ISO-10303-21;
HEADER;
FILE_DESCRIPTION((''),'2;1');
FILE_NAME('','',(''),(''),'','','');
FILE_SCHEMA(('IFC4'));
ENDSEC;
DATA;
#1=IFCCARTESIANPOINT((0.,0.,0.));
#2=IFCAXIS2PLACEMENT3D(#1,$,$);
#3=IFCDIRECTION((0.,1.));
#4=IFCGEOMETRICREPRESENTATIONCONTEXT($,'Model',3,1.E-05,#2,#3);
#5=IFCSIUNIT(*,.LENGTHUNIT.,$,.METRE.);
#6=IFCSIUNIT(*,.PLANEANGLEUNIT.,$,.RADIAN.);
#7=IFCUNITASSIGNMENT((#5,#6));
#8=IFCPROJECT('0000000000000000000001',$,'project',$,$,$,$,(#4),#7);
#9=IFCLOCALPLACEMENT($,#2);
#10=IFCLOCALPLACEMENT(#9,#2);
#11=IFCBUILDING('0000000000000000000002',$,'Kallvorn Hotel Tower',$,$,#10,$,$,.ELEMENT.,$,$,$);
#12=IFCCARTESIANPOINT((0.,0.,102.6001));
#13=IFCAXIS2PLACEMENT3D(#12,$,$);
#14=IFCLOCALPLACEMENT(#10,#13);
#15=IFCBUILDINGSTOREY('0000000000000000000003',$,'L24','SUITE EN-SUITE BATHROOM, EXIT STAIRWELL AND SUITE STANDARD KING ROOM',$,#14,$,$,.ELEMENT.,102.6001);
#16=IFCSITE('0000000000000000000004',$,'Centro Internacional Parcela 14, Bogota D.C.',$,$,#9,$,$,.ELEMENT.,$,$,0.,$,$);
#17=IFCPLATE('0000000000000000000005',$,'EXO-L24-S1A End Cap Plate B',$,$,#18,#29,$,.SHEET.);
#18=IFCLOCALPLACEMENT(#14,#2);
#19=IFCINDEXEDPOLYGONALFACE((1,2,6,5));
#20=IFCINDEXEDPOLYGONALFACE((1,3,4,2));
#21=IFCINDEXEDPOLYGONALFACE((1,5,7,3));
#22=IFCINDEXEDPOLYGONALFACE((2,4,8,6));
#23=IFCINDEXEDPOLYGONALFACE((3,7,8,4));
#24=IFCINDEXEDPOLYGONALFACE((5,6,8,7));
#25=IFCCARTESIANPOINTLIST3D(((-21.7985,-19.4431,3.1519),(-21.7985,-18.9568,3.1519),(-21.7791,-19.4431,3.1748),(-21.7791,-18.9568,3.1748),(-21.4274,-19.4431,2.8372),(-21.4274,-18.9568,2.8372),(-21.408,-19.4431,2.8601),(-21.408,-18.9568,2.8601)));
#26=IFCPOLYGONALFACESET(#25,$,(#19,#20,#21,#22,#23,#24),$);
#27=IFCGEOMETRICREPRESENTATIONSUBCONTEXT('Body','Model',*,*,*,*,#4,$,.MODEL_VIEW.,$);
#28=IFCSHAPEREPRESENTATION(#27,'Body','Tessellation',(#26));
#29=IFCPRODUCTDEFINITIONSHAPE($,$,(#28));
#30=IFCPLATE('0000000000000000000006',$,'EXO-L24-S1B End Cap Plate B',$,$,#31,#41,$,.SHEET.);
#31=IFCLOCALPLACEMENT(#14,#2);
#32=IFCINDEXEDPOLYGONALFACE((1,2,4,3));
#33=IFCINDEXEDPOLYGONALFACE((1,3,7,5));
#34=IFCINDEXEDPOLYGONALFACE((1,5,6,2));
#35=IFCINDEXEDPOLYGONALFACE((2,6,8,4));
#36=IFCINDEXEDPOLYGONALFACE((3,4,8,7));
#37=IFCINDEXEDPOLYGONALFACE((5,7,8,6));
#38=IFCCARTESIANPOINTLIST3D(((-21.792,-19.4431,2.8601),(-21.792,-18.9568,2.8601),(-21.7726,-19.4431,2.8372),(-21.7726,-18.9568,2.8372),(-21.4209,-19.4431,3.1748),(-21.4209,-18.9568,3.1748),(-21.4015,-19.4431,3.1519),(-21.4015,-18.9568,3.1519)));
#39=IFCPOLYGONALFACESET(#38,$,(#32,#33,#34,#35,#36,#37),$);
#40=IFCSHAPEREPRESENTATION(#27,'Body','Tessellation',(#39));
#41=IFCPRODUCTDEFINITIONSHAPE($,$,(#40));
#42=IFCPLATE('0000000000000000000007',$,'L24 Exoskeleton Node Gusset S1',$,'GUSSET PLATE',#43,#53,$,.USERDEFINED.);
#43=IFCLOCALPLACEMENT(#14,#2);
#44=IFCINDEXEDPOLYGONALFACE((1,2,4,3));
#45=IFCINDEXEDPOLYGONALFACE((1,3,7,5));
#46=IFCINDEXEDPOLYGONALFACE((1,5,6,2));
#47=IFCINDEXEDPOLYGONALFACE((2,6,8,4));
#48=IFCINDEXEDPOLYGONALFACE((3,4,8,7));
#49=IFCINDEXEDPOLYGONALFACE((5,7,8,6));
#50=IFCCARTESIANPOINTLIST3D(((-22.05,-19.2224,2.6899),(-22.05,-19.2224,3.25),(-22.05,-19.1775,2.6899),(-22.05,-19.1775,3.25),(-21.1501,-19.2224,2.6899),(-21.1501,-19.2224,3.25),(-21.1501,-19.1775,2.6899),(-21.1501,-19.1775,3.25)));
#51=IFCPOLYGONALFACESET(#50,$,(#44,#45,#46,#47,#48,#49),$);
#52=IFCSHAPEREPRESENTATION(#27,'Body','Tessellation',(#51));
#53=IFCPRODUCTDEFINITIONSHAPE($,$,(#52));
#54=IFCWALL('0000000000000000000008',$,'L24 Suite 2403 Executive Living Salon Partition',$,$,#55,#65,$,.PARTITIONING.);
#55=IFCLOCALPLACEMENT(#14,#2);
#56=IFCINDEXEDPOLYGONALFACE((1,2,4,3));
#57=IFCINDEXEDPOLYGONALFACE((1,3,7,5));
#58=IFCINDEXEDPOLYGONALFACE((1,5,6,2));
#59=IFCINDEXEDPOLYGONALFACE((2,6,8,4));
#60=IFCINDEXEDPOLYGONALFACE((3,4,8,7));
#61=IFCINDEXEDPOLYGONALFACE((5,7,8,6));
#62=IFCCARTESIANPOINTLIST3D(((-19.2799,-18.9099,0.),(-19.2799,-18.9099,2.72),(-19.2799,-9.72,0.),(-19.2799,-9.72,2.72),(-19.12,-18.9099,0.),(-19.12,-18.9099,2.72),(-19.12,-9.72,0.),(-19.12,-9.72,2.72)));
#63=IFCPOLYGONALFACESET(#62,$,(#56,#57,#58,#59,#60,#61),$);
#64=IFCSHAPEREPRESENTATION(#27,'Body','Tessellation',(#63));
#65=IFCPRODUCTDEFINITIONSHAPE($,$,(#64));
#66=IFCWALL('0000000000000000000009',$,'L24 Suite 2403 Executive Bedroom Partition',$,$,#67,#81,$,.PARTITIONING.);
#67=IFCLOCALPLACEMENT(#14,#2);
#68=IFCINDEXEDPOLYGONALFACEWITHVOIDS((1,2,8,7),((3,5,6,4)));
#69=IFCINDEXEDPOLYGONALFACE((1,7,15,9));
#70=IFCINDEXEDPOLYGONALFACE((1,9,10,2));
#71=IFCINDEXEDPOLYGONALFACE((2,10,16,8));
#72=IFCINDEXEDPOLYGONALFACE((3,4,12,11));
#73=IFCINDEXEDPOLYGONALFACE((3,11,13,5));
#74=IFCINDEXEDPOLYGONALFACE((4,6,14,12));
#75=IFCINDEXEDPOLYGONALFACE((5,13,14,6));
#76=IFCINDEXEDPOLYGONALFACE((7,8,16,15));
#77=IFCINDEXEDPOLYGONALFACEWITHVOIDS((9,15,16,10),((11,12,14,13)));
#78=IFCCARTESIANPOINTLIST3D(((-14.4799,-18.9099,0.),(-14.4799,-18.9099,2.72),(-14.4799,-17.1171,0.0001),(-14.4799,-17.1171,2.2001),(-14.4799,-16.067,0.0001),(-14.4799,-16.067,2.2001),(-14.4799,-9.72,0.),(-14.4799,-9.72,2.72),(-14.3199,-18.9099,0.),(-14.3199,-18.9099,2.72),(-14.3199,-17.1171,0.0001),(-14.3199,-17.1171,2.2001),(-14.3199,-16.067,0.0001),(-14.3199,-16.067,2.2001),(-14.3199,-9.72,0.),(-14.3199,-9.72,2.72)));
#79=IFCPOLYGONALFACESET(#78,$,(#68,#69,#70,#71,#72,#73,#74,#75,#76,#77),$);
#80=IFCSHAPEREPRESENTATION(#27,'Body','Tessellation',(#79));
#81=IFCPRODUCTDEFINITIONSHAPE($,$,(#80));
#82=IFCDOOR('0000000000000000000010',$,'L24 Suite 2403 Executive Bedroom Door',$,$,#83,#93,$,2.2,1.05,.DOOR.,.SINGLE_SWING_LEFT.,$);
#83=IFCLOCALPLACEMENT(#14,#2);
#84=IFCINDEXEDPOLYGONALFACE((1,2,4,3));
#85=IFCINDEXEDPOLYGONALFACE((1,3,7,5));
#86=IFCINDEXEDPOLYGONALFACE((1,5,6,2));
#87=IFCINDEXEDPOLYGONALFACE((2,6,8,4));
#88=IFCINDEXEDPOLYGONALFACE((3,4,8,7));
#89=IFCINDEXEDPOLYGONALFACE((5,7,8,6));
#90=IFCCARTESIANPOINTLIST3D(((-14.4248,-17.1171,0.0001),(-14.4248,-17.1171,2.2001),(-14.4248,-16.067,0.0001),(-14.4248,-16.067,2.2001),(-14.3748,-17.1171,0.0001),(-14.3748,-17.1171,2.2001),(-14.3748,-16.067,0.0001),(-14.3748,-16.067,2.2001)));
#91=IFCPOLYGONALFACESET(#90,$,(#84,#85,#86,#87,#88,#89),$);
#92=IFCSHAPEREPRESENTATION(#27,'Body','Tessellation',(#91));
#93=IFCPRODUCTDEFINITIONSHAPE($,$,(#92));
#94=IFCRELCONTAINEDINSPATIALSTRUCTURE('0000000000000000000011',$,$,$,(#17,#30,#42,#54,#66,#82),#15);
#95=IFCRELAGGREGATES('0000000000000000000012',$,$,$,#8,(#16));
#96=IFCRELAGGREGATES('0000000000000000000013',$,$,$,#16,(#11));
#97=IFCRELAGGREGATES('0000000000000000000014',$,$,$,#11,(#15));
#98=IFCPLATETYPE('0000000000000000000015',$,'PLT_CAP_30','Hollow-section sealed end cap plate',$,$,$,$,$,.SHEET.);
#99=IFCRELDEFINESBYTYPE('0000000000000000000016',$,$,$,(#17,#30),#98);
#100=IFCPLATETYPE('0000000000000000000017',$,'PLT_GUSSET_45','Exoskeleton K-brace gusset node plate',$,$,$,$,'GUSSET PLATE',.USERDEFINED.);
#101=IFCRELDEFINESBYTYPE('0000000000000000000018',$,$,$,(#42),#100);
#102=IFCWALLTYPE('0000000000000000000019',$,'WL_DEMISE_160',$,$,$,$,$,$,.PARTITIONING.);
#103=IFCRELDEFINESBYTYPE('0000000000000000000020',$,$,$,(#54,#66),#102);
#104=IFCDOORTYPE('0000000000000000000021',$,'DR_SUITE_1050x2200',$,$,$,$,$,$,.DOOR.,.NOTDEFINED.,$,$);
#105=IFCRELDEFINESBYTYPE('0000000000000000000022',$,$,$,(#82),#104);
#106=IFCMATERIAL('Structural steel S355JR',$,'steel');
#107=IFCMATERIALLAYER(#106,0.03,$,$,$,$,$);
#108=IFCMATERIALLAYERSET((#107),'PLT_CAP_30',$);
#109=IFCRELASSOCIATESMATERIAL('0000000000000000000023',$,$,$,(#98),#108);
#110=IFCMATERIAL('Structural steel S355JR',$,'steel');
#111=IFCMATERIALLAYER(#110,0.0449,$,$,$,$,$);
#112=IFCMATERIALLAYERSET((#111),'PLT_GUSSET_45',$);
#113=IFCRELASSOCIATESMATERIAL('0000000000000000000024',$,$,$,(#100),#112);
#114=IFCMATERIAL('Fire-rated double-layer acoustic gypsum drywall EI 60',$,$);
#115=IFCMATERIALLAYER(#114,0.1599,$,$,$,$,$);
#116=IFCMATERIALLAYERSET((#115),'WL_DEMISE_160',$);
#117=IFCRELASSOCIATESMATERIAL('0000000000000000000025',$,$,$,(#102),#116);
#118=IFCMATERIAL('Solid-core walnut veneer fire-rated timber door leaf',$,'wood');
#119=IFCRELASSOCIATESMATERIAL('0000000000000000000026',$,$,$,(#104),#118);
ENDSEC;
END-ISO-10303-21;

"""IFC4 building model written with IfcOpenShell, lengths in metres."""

from ifc_helpers import new_model, si_unit, direction, frame, frame_2d, origin, origin_2d, place, context, subcontext, project, spatial, polyline, rectangle, outline, extrude, material, layer, layer_set, type_object, element, fill, save


model = new_model("IFC4")

# Units and contexts
model_context = context("Model", 3, precision=1e-05, world=origin(), true_north=direction((0.0, 1.0)))
body_context = subcontext(model_context, "Body", "Model", "MODEL_VIEW")
ifc_project = project(units=[si_unit("LENGTHUNIT", "METRE"), si_unit("PLANEANGLEUNIT", "RADIAN")], contexts=[model_context])

# Site, building, storey
site_placement = place(None, origin())
site = spatial("IfcSite", under=ifc_project, at=site_placement, Name="Centro Internacional Parcela 14, Bogota D.C.", CompositionType="ELEMENT", RefElevation=0.0)
building_placement = place(site_placement, origin())
building = spatial("IfcBuilding", under=site, at=building_placement, Name="Kallvorn Hotel Tower", CompositionType="ELEMENT")
storey_placement = place(building_placement, frame((0.0, 0.0, 102.6001)))
storey = spatial("IfcBuildingStorey", under=building, at=storey_placement, Name="L24", Description="SUITE EN-SUITE BATHROOM, EXIT STAIRWELL AND SUITE STANDARD KING ROOM", CompositionType="ELEMENT", Elevation=102.6001)

# Plates
ifc_material_1 = material(Name="Structural steel S355JR", Category="steel")
ifc_layer_1 = layer(ifc_material_1, 0.03)
ifc_layer_set_1 = layer_set([ifc_layer_1], Name="PLT_CAP_30")
plate_type_1 = type_object("IfcPlateType", Name="PLT_CAP_30", Description="Hollow-section sealed end cap plate", PredefinedType="SHEET", material=ifc_layer_set_1)
for number, where, z_axis, x_axis, name in (
    (1, (-21.408, -19.4431, 2.8601), (0.646774, 0.0, 0.762682), (0.0, 1.0, 0.0), "EXO-L24-S1A End Cap Plate B"),
    (2, (-21.792, -18.9568, 2.8601), (-0.646774, 0.0, 0.762682), (0.0, -1.0, 0.0), "EXO-L24-S1B End Cap Plate B"),
):
    element("IfcPlate", number, at=place(storey_placement, frame(where, z_axis=z_axis, x_axis=x_axis)), inside=storey, type_object=plate_type_1, Name=name, PredefinedType="SHEET", context=body_context, shape_type="SweptSolid", body=[
        extrude(outline(polyline([(0.0, 0.0), (0.4863, 0.0), (0.4863, 0.4866), (0.0, 0.4866), (0.0, 0.0)])), origin(), (0.0, 0.0, -1.0), 0.03),
    ])
ifc_material_2 = material(Name="Structural steel S355JR", Category="steel")
ifc_layer_2 = layer(ifc_material_2, 0.0449)
ifc_layer_set_2 = layer_set([ifc_layer_2], Name="PLT_GUSSET_45")
plate_type_2 = type_object("IfcPlateType", Name="PLT_GUSSET_45", Description="Exoskeleton K-brace gusset node plate", ElementType="GUSSET PLATE", PredefinedType="USERDEFINED", material=ifc_layer_set_2)
plate_placement = place(storey_placement, frame((-21.6001, -19.2, 2.6899), z_axis=(0.0, 0.0, 1.0), x_axis=(1.0, 0.0, 0.0)))
element("IfcPlate", 3, at=plate_placement, inside=storey, type_object=plate_type_2, Name="L24 Exoskeleton Node Gusset S1", ObjectType="GUSSET PLATE", PredefinedType="USERDEFINED", context=body_context, shape_type="SweptSolid", body=[
    extrude(rectangle(XDim=0.8999, YDim=0.0449, at=origin_2d()), origin(), (0.0, 0.0, 1.0), 0.5601),
])

# Wall
ifc_material_3 = material(Name="Fire-rated double-layer acoustic gypsum drywall EI 60")
ifc_layer_3 = layer(ifc_material_3, 0.1599)
ifc_layer_set_3 = layer_set([ifc_layer_3], Name="WL_DEMISE_160")
wall_type = type_object("IfcWallType", Name="WL_DEMISE_160", PredefinedType="PARTITIONING", material=ifc_layer_set_3)
wall_1_placement = place(storey_placement, frame((-19.2, -18.9099, 0.0), z_axis=(0.0, 0.0, 1.0), x_axis=(0.0, 1.0, 0.0)))
element("IfcWall", 4, at=wall_1_placement, inside=storey, type_object=wall_type, Name="L24 Suite 2403 Executive Living Salon Partition", PredefinedType="PARTITIONING", context=body_context, shape_type="SweptSolid", body=[
    extrude(rectangle(XDim=9.1899, YDim=0.1599, at=frame_2d((4.595, 0.0))), origin(), (0.0, 0.0, 1.0), 2.72),
])

# Wall, opening, door
wall_2_placement = place(storey_placement, frame((-14.3999, -18.9099, 0.0), z_axis=(0.0, 0.0, 1.0), x_axis=(0.0, 1.0, 0.0)))
wall_2 = element("IfcWall", 5, at=wall_2_placement, inside=storey, type_object=wall_type, Name="L24 Suite 2403 Executive Bedroom Partition", PredefinedType="PARTITIONING", context=body_context, shape_type="SweptSolid", body=[
    extrude(rectangle(XDim=9.1899, YDim=0.1599, at=frame_2d((4.595, 0.0))), origin(), (0.0, 0.0, 1.0), 2.72),
])
opening_placement = place(wall_2_placement, frame((1.793, 0.0, 0.0)))
opening = element("IfcOpeningElement", 6, at=opening_placement, cuts=wall_2, PredefinedType="OPENING", context=body_context, shape_type="SweptSolid", body=[
    extrude(rectangle(XDim=1.05, YDim=2.2, at=frame_2d((0.5249, 1.1001))), frame((0.0, 0.095, 0.0), z_axis=(0.0, -1.0, 0.0), x_axis=(1.0, 0.0, 0.0)), (0.0, 0.0, 1.0), 0.1899),
])
ifc_material_4 = material(Name="Solid-core walnut veneer fire-rated timber door leaf", Category="wood")
door_type = type_object("IfcDoorType", Name="DR_SUITE_1050x2200", OperationType="NOTDEFINED", PredefinedType="DOOR", material=ifc_material_4)
door_placement = place(opening_placement, origin())
door = element("IfcDoor", 7, at=door_placement, inside=storey, type_object=door_type, Name="L24 Suite 2403 Executive Bedroom Door", OperationType="SINGLE_SWING_LEFT", OverallHeight=2.2, OverallWidth=1.05, PredefinedType="DOOR", context=body_context, shape_type="SweptSolid", body=[
    extrude(rectangle(XDim=1.05, YDim=2.2, at=frame_2d((0.5249, 1.1001))), frame((0.0, 0.0249, 0.0), z_axis=(0.0, -1.0, 0.0), x_axis=(1.0, 0.0, 0.0)), (0.0, 0.0, 1.0), 0.05),
])
fill(opening, door)

save(model, "model.ifc")
